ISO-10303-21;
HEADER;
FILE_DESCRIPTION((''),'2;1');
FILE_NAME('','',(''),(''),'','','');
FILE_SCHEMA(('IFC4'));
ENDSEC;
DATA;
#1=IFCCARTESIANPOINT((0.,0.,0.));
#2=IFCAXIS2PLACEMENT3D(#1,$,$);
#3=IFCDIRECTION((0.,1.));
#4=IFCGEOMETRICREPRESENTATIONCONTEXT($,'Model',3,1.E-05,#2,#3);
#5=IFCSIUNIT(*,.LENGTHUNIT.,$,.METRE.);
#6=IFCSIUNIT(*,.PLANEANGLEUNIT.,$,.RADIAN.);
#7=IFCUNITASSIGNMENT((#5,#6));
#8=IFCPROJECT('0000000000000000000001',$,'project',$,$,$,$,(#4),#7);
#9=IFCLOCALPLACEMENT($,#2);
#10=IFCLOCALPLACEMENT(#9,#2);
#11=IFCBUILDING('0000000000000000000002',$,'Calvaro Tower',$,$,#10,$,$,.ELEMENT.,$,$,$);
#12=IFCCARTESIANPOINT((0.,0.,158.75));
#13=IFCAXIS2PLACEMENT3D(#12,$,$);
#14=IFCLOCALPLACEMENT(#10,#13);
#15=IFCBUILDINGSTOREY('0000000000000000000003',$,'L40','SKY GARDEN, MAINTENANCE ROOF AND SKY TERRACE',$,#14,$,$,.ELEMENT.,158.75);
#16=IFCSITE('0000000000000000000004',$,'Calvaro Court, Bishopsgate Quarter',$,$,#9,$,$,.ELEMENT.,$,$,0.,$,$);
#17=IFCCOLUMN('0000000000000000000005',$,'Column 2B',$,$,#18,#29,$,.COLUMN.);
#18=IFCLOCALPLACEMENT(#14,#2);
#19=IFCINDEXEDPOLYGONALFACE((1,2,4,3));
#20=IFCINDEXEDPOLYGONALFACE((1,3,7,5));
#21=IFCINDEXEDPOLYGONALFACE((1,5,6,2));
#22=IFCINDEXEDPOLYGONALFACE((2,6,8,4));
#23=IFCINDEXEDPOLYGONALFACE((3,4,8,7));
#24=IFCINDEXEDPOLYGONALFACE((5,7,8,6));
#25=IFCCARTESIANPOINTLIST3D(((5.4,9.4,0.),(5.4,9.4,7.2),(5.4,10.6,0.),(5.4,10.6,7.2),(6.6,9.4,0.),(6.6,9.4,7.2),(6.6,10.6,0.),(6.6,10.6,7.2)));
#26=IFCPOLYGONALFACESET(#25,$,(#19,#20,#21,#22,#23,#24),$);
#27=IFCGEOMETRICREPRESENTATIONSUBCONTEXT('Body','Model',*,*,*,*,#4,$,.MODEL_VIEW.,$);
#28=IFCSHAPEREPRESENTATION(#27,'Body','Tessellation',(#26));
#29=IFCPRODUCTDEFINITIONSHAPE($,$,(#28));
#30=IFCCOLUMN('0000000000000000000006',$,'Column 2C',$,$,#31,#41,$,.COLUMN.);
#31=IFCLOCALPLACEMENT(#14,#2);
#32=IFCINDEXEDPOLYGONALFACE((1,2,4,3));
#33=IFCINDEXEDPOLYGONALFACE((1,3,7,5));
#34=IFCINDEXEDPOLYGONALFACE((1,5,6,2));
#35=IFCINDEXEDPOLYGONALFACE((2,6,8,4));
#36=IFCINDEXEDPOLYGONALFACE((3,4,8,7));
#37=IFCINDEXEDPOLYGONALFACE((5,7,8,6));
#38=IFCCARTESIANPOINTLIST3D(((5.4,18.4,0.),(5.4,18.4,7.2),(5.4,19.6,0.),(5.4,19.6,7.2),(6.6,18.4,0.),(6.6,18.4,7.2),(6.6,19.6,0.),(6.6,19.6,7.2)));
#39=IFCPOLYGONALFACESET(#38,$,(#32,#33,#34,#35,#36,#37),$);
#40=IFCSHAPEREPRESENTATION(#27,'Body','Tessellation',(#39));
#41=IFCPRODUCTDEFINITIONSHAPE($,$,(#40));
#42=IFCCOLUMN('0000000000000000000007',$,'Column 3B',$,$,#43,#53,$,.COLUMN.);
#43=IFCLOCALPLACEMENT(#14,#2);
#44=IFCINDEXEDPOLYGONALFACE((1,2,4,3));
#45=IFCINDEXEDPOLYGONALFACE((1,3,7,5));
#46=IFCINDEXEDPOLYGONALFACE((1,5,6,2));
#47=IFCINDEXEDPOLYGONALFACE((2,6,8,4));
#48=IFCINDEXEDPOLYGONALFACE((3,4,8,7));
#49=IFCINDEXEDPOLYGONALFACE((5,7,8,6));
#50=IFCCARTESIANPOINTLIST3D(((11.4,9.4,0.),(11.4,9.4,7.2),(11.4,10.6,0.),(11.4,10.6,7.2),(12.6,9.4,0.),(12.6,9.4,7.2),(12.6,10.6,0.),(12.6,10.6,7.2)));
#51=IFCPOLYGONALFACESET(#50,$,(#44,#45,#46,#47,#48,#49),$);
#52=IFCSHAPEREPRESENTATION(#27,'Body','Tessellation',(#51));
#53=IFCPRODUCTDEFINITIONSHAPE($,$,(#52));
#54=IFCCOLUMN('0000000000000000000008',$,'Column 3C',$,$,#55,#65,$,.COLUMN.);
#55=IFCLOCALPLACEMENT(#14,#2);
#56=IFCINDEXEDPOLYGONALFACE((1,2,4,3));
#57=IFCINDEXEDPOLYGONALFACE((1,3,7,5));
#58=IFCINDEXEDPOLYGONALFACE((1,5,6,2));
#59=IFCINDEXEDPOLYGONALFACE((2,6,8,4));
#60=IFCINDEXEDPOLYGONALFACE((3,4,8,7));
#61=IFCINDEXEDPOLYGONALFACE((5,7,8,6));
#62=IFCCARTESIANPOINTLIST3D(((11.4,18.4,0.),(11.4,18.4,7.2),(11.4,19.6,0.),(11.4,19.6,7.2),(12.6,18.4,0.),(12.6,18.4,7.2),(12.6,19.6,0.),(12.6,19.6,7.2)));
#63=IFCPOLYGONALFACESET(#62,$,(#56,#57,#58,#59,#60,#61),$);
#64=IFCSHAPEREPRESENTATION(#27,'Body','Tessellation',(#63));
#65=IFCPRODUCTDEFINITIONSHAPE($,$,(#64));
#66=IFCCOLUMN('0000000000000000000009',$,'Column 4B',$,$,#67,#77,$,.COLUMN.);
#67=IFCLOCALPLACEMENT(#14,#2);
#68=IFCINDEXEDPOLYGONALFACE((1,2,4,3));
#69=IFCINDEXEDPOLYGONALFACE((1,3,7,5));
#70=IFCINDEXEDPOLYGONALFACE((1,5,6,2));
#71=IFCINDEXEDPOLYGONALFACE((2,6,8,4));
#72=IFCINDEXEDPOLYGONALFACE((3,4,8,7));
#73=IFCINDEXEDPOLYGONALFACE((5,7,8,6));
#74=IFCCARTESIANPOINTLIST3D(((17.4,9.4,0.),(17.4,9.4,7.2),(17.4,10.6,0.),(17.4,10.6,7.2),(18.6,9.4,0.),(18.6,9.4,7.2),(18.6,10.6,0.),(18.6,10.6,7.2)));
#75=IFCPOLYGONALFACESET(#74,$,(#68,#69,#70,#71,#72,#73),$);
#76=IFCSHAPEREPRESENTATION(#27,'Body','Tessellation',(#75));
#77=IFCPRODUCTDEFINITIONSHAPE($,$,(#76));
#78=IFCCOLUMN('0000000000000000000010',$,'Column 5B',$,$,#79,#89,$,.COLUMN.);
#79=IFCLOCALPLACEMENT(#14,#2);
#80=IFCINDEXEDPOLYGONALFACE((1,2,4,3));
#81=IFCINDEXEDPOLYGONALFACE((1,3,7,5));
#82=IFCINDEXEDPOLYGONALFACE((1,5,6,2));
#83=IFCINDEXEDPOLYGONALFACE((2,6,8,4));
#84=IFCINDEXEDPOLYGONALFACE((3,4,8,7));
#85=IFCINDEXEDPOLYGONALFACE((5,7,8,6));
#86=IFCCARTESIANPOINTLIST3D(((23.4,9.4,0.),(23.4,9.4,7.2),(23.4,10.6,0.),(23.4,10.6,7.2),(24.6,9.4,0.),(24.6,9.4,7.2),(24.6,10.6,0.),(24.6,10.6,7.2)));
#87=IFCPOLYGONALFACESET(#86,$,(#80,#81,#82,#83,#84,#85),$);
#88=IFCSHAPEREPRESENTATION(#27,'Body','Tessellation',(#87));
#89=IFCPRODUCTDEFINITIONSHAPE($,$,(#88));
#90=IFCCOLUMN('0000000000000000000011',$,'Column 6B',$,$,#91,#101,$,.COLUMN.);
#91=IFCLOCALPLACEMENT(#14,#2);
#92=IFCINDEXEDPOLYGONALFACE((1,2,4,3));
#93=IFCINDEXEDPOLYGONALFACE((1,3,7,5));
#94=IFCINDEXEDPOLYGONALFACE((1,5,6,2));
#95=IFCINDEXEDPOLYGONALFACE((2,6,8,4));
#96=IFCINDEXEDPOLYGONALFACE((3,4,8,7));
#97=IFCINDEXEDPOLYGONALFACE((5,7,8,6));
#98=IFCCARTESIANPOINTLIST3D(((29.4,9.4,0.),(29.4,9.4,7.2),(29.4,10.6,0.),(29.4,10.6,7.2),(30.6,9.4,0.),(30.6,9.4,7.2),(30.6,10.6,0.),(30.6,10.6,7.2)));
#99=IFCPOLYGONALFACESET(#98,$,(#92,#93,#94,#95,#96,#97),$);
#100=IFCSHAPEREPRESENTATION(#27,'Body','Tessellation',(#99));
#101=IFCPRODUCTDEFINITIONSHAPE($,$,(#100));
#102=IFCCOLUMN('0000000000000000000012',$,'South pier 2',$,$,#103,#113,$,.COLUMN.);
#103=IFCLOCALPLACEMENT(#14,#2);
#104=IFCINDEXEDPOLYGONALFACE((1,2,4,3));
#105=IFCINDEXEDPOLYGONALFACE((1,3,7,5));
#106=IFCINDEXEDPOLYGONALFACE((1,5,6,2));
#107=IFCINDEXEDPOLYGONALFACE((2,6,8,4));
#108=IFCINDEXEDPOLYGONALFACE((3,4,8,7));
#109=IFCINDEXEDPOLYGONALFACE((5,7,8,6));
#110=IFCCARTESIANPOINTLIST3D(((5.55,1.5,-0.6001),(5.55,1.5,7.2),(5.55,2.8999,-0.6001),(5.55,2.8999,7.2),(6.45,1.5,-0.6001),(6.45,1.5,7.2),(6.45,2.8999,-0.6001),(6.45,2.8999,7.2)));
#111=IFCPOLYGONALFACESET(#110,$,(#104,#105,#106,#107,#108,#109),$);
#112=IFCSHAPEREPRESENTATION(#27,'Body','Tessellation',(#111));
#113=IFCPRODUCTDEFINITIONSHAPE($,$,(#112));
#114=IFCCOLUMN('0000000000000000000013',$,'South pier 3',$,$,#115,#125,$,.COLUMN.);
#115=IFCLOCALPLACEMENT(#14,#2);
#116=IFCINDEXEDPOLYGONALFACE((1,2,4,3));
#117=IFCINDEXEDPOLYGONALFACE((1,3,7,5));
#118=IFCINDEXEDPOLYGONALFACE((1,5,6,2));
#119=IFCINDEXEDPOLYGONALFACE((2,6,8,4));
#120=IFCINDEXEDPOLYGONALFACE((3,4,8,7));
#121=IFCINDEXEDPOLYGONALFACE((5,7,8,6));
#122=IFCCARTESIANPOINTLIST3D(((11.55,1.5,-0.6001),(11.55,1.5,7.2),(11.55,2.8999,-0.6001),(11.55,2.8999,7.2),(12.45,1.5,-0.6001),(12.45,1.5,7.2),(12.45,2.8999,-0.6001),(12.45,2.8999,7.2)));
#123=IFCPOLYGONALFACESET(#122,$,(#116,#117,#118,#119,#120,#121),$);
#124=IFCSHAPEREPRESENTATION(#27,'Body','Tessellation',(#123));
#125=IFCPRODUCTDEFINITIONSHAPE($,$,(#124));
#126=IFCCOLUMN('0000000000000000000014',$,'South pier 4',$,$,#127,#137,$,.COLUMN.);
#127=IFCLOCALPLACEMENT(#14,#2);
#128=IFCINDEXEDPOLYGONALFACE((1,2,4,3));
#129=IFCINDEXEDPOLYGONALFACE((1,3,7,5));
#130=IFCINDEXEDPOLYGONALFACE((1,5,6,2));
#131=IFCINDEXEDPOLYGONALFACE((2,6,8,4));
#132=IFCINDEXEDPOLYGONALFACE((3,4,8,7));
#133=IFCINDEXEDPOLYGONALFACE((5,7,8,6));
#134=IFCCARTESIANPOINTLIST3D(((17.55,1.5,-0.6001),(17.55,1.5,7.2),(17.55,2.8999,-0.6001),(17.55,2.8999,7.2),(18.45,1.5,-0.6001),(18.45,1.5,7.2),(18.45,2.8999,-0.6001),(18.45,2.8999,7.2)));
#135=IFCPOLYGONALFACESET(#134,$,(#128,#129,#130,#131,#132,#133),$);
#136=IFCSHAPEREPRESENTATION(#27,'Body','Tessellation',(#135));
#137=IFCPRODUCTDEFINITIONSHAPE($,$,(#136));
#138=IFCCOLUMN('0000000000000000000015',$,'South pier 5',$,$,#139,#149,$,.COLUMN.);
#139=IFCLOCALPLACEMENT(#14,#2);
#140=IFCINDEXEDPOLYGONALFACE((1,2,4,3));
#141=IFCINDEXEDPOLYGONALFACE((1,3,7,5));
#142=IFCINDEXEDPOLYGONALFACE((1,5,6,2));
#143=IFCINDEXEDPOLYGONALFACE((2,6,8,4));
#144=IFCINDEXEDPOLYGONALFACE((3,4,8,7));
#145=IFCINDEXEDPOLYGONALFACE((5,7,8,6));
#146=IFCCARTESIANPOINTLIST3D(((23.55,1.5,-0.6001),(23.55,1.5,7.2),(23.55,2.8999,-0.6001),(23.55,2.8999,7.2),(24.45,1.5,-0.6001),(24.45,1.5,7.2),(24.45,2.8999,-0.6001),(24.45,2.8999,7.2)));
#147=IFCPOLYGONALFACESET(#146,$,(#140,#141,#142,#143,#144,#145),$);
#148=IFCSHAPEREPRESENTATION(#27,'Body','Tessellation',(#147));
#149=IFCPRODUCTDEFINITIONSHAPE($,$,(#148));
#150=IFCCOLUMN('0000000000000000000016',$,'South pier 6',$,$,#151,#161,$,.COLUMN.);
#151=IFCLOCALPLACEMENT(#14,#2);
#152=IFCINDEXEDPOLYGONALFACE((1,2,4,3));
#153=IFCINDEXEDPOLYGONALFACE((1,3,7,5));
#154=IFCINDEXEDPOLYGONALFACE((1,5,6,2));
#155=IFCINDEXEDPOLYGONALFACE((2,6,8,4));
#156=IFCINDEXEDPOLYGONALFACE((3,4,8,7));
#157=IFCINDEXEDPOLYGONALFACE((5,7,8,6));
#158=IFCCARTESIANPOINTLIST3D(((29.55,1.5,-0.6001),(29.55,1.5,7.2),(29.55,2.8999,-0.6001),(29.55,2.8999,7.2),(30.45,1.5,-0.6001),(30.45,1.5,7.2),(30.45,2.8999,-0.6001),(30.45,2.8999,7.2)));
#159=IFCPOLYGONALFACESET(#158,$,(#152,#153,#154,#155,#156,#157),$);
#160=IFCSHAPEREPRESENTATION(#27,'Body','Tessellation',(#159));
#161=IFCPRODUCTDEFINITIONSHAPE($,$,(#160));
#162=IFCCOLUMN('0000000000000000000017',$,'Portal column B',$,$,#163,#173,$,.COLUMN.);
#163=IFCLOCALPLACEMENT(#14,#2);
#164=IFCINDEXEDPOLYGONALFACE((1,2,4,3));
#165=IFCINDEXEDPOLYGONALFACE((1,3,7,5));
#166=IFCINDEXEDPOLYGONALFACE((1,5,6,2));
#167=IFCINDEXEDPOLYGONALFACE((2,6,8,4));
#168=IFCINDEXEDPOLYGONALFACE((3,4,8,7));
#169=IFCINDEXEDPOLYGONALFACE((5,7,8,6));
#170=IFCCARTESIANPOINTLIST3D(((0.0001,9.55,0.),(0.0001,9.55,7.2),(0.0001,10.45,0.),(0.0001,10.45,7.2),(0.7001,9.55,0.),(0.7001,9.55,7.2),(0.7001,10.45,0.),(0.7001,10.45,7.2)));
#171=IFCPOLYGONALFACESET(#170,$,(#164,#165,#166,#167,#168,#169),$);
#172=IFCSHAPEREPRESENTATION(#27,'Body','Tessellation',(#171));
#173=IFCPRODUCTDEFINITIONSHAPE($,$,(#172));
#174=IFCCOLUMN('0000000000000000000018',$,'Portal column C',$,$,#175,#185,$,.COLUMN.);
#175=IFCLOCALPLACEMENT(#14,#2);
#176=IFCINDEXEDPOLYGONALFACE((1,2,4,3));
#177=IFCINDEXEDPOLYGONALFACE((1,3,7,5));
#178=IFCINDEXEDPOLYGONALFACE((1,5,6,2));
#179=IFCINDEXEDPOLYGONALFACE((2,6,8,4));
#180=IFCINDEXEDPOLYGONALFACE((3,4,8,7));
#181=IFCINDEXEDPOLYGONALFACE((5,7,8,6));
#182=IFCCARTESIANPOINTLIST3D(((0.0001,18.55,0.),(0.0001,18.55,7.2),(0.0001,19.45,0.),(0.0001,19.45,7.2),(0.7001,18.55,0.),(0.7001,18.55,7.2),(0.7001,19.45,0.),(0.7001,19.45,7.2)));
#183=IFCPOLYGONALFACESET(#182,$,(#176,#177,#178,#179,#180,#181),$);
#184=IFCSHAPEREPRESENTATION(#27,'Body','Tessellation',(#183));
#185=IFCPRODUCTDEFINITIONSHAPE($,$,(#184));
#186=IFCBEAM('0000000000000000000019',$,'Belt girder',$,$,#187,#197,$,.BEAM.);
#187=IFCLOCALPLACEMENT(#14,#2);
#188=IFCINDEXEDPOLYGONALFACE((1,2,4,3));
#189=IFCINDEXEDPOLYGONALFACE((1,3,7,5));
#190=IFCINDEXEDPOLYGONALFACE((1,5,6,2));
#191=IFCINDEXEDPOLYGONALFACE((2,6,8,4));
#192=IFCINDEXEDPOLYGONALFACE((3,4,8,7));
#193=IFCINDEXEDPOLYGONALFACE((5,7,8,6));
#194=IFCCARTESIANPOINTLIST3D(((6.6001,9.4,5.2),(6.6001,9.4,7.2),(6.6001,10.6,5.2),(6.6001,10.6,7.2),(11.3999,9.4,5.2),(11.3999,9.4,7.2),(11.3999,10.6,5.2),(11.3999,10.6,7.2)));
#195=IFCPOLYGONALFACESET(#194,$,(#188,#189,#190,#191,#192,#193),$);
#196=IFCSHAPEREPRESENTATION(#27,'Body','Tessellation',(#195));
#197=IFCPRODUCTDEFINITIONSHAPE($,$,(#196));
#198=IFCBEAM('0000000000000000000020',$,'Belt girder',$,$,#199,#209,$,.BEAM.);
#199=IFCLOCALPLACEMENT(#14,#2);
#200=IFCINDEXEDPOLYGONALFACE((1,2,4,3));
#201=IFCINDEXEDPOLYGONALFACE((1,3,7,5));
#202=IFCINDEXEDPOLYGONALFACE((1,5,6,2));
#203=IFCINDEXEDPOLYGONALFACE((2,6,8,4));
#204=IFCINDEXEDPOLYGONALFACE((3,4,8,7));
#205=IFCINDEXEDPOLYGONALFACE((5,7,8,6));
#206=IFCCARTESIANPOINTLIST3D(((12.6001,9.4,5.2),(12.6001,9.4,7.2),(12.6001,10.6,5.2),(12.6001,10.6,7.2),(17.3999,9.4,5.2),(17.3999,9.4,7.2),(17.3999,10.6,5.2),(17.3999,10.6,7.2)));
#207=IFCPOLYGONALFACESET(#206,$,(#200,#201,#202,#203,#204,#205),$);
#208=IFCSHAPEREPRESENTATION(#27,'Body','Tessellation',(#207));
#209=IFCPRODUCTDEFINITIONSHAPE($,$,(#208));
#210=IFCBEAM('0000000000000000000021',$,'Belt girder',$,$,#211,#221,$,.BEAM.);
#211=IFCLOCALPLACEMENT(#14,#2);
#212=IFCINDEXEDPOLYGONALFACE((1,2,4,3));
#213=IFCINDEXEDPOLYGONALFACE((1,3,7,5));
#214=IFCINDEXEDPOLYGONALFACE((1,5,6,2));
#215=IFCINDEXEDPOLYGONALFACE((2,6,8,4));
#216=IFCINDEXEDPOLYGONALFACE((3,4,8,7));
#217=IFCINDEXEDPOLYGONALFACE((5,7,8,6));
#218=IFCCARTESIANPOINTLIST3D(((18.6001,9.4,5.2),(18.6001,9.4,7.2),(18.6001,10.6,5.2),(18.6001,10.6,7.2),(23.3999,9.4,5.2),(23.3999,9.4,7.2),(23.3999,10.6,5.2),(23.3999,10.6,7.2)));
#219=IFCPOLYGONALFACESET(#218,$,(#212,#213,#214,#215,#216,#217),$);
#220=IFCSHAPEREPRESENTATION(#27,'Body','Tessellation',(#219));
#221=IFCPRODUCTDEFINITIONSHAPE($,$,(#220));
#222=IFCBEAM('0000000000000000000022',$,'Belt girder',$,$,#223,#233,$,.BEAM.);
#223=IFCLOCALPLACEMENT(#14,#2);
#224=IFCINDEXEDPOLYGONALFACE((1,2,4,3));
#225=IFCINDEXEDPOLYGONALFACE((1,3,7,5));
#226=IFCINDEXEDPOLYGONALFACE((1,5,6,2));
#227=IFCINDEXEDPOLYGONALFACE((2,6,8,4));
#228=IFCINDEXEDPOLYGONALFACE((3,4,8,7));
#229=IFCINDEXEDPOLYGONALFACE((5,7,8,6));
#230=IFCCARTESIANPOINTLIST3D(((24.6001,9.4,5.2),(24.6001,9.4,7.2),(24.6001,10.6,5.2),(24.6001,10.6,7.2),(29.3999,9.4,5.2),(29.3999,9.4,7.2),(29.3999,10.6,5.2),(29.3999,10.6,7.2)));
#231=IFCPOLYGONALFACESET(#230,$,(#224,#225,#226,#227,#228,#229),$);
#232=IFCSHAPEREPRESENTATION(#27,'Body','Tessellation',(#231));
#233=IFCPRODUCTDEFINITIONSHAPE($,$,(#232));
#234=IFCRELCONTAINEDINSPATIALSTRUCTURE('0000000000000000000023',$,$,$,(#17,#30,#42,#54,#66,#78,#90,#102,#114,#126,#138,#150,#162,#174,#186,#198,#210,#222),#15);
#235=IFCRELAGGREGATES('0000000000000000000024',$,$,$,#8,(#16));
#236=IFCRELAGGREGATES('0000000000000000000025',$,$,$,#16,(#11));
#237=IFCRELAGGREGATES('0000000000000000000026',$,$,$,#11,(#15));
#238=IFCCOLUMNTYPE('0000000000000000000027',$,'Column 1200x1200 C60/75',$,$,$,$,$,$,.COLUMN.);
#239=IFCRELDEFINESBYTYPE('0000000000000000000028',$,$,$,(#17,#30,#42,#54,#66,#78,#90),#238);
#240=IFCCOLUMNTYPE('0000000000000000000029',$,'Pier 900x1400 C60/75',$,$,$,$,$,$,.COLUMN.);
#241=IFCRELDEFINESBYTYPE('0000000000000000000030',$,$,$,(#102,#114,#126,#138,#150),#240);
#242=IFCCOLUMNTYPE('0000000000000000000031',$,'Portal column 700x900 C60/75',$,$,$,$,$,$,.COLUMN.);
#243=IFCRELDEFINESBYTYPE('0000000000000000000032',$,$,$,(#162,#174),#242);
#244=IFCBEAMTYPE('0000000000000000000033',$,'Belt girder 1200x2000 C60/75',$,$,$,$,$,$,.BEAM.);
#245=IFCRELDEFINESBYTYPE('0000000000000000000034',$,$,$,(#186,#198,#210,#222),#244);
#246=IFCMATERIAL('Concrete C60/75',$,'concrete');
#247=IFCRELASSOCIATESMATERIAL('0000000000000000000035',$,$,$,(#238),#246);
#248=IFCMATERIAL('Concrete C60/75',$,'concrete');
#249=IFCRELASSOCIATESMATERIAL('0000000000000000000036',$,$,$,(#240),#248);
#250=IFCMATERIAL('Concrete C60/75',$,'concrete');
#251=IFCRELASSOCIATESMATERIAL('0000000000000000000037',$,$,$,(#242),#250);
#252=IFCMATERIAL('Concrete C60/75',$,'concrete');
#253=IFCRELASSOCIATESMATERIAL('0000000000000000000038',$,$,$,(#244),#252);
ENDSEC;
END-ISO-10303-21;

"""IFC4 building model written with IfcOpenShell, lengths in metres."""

from ifc_helpers import new_model, si_unit, direction, frame, origin, origin_2d, place, context, subcontext, project, spatial, rectangle, extrude, material, material_profile, profile_set, type_object, element, save


model = new_model("IFC4")

# Units and contexts
model_context = context("Model", 3, precision=1e-05, world=origin(), true_north=direction((0.0, 1.0)))
body_context = subcontext(model_context, "Body", "Model", "MODEL_VIEW")
ifc_project = project(units=[si_unit("LENGTHUNIT", "METRE"), si_unit("PLANEANGLEUNIT", "RADIAN")], contexts=[model_context])

# Site, building, storey
site_placement = place(None, origin())
site = spatial("IfcSite", under=ifc_project, at=site_placement, Name="Calvaro Court, Bishopsgate Quarter", CompositionType="ELEMENT", RefElevation=0.0)
building_placement = place(site_placement, origin())
building = spatial("IfcBuilding", under=site, at=building_placement, Name="Calvaro Tower", CompositionType="ELEMENT")
storey_placement = place(building_placement, frame((0.0, 0.0, 158.75)))
storey = spatial("IfcBuildingStorey", under=building, at=storey_placement, Name="L40", Description="SKY GARDEN, MAINTENANCE ROOF AND SKY TERRACE", CompositionType="ELEMENT", Elevation=158.75)

# Columns
ifc_material_1 = material(Name="Concrete C60/75", Category="concrete")
ifc_material_profile_1 = material_profile(ifc_material_1, rectangle(XDim=1.2, YDim=1.2, at=origin_2d()), Name="RC 1200x1200")
ifc_profile_set_1 = profile_set([ifc_material_profile_1], Name="Concrete C60/75")
column_type_1 = type_object("IfcColumnType", Name="Column 1200x1200 C60/75", PredefinedType="COLUMN", material=ifc_profile_set_1)
for number, where, z_axis, x_axis, name in (
    (1, (6.0, 10.0, 0.0), (0.0, 0.0, 1.0), (1.0, 0.0, 0.0), "Column 2B"),
    (2, (6.0, 19.0, 0.0), (0.0, 0.0, 1.0), (1.0, 0.0, 0.0), "Column 2C"),
    (3, (12.0, 10.0, 0.0), (0.0, 0.0, 1.0), (1.0, 0.0, 0.0), "Column 3B"),
    (4, (12.0, 19.0, 0.0), (0.0, 0.0, 1.0), (1.0, 0.0, 0.0), "Column 3C"),
    (5, (18.0, 10.0, 0.0), (0.0, 0.0, 1.0), (1.0, 0.0, 0.0), "Column 4B"),
    (6, (24.0, 10.0, 0.0), (0.0, 0.0, 1.0), (1.0, 0.0, 0.0), "Column 5B"),
    (7, (30.0, 10.0, 0.0), (0.0, 0.0, 1.0), (1.0, 0.0, 0.0), "Column 6B"),
):
    element("IfcColumn", number, at=place(storey_placement, frame(where, z_axis=z_axis, x_axis=x_axis)), inside=storey, type_object=column_type_1, Name=name, PredefinedType="COLUMN", context=body_context, shape_type="SweptSolid", body=[
        extrude(rectangle(XDim=1.2, YDim=1.2, at=origin_2d()), origin(), (0.0, 0.0, 1.0), 7.2),
    ])
ifc_material_2 = material(Name="Concrete C60/75", Category="concrete")
ifc_material_profile_2 = material_profile(ifc_material_2, rectangle(XDim=0.8999, YDim=1.3999, at=origin_2d()), Name="RC 900x1400")
ifc_profile_set_2 = profile_set([ifc_material_profile_2], Name="Concrete C60/75")
column_type_2 = type_object("IfcColumnType", Name="Pier 900x1400 C60/75", PredefinedType="COLUMN", material=ifc_profile_set_2)
for number, where, z_axis, x_axis, name in (
    (8, (6.0, 2.2, -0.6001), (0.0, 0.0, 1.0), (1.0, 0.0, 0.0), "South pier 2"),
    (9, (12.0, 2.2, -0.6001), (0.0, 0.0, 1.0), (1.0, 0.0, 0.0), "South pier 3"),
    (10, (18.0, 2.2, -0.6001), (0.0, 0.0, 1.0), (1.0, 0.0, 0.0), "South pier 4"),
    (11, (24.0, 2.2, -0.6001), (0.0, 0.0, 1.0), (1.0, 0.0, 0.0), "South pier 5"),
    (12, (30.0, 2.2, -0.6001), (0.0, 0.0, 1.0), (1.0, 0.0, 0.0), "South pier 6"),
):
    element("IfcColumn", number, at=place(storey_placement, frame(where, z_axis=z_axis, x_axis=x_axis)), inside=storey, type_object=column_type_2, Name=name, PredefinedType="COLUMN", context=body_context, shape_type="SweptSolid", body=[
        extrude(rectangle(XDim=0.8999, YDim=1.3999, at=origin_2d()), origin(), (0.0, 0.0, 1.0), 7.8),
    ])
ifc_material_3 = material(Name="Concrete C60/75", Category="concrete")
ifc_material_profile_3 = material_profile(ifc_material_3, rectangle(XDim=0.7, YDim=0.8999, at=origin_2d()), Name="RC 700x900")
ifc_profile_set_3 = profile_set([ifc_material_profile_3], Name="Concrete C60/75")
column_type_3 = type_object("IfcColumnType", Name="Portal column 700x900 C60/75", PredefinedType="COLUMN", material=ifc_profile_set_3)
for number, where, z_axis, x_axis, name in (
    (13, (0.3501, 10.0, 0.0), (0.0, 0.0, 1.0), (1.0, 0.0, 0.0), "Portal column B"),
    (14, (0.3501, 19.0, 0.0), (0.0, 0.0, 1.0), (1.0, 0.0, 0.0), "Portal column C"),
):
    element("IfcColumn", number, at=place(storey_placement, frame(where, z_axis=z_axis, x_axis=x_axis)), inside=storey, type_object=column_type_3, Name=name, PredefinedType="COLUMN", context=body_context, shape_type="SweptSolid", body=[
        extrude(rectangle(XDim=0.7, YDim=0.8999, at=origin_2d()), origin(), (0.0, 0.0, 1.0), 7.2),
    ])

# Beams
ifc_material_4 = material(Name="Concrete C60/75", Category="concrete")
ifc_material_profile_4 = material_profile(ifc_material_4, rectangle(XDim=1.2, YDim=2.0, at=origin_2d()), Name="RC 1200x2000")
ifc_profile_set_4 = profile_set([ifc_material_profile_4], Name="Concrete C60/75")
beam_type_1 = type_object("IfcBeamType", Name="Belt girder 1200x2000 C60/75", PredefinedType="BEAM", material=ifc_profile_set_4)
for number, where, z_axis, x_axis, name in (
    (15, (6.6001, 10.0, 6.2), (1.0, 0.0, 0.0), (0.0, 1.0, 0.0), "Belt girder"),
    (16, (12.6001, 10.0, 6.2), (1.0, 0.0, 0.0), (0.0, 1.0, 0.0), "Belt girder"),
    (17, (18.6001, 10.0, 6.2), (1.0, 0.0, 0.0), (0.0, 1.0, 0.0), "Belt girder"),
    (18, (24.6001, 10.0, 6.2), (1.0, 0.0, 0.0), (0.0, 1.0, 0.0), "Belt girder"),
):
    element("IfcBeam", number, at=place(storey_placement, frame(where, z_axis=z_axis, x_axis=x_axis)), inside=storey, type_object=beam_type_1, Name=name, PredefinedType="BEAM", context=body_context, shape_type="SweptSolid", body=[
        extrude(rectangle(XDim=1.2, YDim=2.0, at=origin_2d()), origin(), (0.0, 0.0, 1.0), 4.7998),
    ])

save(model, "model.ifc")
